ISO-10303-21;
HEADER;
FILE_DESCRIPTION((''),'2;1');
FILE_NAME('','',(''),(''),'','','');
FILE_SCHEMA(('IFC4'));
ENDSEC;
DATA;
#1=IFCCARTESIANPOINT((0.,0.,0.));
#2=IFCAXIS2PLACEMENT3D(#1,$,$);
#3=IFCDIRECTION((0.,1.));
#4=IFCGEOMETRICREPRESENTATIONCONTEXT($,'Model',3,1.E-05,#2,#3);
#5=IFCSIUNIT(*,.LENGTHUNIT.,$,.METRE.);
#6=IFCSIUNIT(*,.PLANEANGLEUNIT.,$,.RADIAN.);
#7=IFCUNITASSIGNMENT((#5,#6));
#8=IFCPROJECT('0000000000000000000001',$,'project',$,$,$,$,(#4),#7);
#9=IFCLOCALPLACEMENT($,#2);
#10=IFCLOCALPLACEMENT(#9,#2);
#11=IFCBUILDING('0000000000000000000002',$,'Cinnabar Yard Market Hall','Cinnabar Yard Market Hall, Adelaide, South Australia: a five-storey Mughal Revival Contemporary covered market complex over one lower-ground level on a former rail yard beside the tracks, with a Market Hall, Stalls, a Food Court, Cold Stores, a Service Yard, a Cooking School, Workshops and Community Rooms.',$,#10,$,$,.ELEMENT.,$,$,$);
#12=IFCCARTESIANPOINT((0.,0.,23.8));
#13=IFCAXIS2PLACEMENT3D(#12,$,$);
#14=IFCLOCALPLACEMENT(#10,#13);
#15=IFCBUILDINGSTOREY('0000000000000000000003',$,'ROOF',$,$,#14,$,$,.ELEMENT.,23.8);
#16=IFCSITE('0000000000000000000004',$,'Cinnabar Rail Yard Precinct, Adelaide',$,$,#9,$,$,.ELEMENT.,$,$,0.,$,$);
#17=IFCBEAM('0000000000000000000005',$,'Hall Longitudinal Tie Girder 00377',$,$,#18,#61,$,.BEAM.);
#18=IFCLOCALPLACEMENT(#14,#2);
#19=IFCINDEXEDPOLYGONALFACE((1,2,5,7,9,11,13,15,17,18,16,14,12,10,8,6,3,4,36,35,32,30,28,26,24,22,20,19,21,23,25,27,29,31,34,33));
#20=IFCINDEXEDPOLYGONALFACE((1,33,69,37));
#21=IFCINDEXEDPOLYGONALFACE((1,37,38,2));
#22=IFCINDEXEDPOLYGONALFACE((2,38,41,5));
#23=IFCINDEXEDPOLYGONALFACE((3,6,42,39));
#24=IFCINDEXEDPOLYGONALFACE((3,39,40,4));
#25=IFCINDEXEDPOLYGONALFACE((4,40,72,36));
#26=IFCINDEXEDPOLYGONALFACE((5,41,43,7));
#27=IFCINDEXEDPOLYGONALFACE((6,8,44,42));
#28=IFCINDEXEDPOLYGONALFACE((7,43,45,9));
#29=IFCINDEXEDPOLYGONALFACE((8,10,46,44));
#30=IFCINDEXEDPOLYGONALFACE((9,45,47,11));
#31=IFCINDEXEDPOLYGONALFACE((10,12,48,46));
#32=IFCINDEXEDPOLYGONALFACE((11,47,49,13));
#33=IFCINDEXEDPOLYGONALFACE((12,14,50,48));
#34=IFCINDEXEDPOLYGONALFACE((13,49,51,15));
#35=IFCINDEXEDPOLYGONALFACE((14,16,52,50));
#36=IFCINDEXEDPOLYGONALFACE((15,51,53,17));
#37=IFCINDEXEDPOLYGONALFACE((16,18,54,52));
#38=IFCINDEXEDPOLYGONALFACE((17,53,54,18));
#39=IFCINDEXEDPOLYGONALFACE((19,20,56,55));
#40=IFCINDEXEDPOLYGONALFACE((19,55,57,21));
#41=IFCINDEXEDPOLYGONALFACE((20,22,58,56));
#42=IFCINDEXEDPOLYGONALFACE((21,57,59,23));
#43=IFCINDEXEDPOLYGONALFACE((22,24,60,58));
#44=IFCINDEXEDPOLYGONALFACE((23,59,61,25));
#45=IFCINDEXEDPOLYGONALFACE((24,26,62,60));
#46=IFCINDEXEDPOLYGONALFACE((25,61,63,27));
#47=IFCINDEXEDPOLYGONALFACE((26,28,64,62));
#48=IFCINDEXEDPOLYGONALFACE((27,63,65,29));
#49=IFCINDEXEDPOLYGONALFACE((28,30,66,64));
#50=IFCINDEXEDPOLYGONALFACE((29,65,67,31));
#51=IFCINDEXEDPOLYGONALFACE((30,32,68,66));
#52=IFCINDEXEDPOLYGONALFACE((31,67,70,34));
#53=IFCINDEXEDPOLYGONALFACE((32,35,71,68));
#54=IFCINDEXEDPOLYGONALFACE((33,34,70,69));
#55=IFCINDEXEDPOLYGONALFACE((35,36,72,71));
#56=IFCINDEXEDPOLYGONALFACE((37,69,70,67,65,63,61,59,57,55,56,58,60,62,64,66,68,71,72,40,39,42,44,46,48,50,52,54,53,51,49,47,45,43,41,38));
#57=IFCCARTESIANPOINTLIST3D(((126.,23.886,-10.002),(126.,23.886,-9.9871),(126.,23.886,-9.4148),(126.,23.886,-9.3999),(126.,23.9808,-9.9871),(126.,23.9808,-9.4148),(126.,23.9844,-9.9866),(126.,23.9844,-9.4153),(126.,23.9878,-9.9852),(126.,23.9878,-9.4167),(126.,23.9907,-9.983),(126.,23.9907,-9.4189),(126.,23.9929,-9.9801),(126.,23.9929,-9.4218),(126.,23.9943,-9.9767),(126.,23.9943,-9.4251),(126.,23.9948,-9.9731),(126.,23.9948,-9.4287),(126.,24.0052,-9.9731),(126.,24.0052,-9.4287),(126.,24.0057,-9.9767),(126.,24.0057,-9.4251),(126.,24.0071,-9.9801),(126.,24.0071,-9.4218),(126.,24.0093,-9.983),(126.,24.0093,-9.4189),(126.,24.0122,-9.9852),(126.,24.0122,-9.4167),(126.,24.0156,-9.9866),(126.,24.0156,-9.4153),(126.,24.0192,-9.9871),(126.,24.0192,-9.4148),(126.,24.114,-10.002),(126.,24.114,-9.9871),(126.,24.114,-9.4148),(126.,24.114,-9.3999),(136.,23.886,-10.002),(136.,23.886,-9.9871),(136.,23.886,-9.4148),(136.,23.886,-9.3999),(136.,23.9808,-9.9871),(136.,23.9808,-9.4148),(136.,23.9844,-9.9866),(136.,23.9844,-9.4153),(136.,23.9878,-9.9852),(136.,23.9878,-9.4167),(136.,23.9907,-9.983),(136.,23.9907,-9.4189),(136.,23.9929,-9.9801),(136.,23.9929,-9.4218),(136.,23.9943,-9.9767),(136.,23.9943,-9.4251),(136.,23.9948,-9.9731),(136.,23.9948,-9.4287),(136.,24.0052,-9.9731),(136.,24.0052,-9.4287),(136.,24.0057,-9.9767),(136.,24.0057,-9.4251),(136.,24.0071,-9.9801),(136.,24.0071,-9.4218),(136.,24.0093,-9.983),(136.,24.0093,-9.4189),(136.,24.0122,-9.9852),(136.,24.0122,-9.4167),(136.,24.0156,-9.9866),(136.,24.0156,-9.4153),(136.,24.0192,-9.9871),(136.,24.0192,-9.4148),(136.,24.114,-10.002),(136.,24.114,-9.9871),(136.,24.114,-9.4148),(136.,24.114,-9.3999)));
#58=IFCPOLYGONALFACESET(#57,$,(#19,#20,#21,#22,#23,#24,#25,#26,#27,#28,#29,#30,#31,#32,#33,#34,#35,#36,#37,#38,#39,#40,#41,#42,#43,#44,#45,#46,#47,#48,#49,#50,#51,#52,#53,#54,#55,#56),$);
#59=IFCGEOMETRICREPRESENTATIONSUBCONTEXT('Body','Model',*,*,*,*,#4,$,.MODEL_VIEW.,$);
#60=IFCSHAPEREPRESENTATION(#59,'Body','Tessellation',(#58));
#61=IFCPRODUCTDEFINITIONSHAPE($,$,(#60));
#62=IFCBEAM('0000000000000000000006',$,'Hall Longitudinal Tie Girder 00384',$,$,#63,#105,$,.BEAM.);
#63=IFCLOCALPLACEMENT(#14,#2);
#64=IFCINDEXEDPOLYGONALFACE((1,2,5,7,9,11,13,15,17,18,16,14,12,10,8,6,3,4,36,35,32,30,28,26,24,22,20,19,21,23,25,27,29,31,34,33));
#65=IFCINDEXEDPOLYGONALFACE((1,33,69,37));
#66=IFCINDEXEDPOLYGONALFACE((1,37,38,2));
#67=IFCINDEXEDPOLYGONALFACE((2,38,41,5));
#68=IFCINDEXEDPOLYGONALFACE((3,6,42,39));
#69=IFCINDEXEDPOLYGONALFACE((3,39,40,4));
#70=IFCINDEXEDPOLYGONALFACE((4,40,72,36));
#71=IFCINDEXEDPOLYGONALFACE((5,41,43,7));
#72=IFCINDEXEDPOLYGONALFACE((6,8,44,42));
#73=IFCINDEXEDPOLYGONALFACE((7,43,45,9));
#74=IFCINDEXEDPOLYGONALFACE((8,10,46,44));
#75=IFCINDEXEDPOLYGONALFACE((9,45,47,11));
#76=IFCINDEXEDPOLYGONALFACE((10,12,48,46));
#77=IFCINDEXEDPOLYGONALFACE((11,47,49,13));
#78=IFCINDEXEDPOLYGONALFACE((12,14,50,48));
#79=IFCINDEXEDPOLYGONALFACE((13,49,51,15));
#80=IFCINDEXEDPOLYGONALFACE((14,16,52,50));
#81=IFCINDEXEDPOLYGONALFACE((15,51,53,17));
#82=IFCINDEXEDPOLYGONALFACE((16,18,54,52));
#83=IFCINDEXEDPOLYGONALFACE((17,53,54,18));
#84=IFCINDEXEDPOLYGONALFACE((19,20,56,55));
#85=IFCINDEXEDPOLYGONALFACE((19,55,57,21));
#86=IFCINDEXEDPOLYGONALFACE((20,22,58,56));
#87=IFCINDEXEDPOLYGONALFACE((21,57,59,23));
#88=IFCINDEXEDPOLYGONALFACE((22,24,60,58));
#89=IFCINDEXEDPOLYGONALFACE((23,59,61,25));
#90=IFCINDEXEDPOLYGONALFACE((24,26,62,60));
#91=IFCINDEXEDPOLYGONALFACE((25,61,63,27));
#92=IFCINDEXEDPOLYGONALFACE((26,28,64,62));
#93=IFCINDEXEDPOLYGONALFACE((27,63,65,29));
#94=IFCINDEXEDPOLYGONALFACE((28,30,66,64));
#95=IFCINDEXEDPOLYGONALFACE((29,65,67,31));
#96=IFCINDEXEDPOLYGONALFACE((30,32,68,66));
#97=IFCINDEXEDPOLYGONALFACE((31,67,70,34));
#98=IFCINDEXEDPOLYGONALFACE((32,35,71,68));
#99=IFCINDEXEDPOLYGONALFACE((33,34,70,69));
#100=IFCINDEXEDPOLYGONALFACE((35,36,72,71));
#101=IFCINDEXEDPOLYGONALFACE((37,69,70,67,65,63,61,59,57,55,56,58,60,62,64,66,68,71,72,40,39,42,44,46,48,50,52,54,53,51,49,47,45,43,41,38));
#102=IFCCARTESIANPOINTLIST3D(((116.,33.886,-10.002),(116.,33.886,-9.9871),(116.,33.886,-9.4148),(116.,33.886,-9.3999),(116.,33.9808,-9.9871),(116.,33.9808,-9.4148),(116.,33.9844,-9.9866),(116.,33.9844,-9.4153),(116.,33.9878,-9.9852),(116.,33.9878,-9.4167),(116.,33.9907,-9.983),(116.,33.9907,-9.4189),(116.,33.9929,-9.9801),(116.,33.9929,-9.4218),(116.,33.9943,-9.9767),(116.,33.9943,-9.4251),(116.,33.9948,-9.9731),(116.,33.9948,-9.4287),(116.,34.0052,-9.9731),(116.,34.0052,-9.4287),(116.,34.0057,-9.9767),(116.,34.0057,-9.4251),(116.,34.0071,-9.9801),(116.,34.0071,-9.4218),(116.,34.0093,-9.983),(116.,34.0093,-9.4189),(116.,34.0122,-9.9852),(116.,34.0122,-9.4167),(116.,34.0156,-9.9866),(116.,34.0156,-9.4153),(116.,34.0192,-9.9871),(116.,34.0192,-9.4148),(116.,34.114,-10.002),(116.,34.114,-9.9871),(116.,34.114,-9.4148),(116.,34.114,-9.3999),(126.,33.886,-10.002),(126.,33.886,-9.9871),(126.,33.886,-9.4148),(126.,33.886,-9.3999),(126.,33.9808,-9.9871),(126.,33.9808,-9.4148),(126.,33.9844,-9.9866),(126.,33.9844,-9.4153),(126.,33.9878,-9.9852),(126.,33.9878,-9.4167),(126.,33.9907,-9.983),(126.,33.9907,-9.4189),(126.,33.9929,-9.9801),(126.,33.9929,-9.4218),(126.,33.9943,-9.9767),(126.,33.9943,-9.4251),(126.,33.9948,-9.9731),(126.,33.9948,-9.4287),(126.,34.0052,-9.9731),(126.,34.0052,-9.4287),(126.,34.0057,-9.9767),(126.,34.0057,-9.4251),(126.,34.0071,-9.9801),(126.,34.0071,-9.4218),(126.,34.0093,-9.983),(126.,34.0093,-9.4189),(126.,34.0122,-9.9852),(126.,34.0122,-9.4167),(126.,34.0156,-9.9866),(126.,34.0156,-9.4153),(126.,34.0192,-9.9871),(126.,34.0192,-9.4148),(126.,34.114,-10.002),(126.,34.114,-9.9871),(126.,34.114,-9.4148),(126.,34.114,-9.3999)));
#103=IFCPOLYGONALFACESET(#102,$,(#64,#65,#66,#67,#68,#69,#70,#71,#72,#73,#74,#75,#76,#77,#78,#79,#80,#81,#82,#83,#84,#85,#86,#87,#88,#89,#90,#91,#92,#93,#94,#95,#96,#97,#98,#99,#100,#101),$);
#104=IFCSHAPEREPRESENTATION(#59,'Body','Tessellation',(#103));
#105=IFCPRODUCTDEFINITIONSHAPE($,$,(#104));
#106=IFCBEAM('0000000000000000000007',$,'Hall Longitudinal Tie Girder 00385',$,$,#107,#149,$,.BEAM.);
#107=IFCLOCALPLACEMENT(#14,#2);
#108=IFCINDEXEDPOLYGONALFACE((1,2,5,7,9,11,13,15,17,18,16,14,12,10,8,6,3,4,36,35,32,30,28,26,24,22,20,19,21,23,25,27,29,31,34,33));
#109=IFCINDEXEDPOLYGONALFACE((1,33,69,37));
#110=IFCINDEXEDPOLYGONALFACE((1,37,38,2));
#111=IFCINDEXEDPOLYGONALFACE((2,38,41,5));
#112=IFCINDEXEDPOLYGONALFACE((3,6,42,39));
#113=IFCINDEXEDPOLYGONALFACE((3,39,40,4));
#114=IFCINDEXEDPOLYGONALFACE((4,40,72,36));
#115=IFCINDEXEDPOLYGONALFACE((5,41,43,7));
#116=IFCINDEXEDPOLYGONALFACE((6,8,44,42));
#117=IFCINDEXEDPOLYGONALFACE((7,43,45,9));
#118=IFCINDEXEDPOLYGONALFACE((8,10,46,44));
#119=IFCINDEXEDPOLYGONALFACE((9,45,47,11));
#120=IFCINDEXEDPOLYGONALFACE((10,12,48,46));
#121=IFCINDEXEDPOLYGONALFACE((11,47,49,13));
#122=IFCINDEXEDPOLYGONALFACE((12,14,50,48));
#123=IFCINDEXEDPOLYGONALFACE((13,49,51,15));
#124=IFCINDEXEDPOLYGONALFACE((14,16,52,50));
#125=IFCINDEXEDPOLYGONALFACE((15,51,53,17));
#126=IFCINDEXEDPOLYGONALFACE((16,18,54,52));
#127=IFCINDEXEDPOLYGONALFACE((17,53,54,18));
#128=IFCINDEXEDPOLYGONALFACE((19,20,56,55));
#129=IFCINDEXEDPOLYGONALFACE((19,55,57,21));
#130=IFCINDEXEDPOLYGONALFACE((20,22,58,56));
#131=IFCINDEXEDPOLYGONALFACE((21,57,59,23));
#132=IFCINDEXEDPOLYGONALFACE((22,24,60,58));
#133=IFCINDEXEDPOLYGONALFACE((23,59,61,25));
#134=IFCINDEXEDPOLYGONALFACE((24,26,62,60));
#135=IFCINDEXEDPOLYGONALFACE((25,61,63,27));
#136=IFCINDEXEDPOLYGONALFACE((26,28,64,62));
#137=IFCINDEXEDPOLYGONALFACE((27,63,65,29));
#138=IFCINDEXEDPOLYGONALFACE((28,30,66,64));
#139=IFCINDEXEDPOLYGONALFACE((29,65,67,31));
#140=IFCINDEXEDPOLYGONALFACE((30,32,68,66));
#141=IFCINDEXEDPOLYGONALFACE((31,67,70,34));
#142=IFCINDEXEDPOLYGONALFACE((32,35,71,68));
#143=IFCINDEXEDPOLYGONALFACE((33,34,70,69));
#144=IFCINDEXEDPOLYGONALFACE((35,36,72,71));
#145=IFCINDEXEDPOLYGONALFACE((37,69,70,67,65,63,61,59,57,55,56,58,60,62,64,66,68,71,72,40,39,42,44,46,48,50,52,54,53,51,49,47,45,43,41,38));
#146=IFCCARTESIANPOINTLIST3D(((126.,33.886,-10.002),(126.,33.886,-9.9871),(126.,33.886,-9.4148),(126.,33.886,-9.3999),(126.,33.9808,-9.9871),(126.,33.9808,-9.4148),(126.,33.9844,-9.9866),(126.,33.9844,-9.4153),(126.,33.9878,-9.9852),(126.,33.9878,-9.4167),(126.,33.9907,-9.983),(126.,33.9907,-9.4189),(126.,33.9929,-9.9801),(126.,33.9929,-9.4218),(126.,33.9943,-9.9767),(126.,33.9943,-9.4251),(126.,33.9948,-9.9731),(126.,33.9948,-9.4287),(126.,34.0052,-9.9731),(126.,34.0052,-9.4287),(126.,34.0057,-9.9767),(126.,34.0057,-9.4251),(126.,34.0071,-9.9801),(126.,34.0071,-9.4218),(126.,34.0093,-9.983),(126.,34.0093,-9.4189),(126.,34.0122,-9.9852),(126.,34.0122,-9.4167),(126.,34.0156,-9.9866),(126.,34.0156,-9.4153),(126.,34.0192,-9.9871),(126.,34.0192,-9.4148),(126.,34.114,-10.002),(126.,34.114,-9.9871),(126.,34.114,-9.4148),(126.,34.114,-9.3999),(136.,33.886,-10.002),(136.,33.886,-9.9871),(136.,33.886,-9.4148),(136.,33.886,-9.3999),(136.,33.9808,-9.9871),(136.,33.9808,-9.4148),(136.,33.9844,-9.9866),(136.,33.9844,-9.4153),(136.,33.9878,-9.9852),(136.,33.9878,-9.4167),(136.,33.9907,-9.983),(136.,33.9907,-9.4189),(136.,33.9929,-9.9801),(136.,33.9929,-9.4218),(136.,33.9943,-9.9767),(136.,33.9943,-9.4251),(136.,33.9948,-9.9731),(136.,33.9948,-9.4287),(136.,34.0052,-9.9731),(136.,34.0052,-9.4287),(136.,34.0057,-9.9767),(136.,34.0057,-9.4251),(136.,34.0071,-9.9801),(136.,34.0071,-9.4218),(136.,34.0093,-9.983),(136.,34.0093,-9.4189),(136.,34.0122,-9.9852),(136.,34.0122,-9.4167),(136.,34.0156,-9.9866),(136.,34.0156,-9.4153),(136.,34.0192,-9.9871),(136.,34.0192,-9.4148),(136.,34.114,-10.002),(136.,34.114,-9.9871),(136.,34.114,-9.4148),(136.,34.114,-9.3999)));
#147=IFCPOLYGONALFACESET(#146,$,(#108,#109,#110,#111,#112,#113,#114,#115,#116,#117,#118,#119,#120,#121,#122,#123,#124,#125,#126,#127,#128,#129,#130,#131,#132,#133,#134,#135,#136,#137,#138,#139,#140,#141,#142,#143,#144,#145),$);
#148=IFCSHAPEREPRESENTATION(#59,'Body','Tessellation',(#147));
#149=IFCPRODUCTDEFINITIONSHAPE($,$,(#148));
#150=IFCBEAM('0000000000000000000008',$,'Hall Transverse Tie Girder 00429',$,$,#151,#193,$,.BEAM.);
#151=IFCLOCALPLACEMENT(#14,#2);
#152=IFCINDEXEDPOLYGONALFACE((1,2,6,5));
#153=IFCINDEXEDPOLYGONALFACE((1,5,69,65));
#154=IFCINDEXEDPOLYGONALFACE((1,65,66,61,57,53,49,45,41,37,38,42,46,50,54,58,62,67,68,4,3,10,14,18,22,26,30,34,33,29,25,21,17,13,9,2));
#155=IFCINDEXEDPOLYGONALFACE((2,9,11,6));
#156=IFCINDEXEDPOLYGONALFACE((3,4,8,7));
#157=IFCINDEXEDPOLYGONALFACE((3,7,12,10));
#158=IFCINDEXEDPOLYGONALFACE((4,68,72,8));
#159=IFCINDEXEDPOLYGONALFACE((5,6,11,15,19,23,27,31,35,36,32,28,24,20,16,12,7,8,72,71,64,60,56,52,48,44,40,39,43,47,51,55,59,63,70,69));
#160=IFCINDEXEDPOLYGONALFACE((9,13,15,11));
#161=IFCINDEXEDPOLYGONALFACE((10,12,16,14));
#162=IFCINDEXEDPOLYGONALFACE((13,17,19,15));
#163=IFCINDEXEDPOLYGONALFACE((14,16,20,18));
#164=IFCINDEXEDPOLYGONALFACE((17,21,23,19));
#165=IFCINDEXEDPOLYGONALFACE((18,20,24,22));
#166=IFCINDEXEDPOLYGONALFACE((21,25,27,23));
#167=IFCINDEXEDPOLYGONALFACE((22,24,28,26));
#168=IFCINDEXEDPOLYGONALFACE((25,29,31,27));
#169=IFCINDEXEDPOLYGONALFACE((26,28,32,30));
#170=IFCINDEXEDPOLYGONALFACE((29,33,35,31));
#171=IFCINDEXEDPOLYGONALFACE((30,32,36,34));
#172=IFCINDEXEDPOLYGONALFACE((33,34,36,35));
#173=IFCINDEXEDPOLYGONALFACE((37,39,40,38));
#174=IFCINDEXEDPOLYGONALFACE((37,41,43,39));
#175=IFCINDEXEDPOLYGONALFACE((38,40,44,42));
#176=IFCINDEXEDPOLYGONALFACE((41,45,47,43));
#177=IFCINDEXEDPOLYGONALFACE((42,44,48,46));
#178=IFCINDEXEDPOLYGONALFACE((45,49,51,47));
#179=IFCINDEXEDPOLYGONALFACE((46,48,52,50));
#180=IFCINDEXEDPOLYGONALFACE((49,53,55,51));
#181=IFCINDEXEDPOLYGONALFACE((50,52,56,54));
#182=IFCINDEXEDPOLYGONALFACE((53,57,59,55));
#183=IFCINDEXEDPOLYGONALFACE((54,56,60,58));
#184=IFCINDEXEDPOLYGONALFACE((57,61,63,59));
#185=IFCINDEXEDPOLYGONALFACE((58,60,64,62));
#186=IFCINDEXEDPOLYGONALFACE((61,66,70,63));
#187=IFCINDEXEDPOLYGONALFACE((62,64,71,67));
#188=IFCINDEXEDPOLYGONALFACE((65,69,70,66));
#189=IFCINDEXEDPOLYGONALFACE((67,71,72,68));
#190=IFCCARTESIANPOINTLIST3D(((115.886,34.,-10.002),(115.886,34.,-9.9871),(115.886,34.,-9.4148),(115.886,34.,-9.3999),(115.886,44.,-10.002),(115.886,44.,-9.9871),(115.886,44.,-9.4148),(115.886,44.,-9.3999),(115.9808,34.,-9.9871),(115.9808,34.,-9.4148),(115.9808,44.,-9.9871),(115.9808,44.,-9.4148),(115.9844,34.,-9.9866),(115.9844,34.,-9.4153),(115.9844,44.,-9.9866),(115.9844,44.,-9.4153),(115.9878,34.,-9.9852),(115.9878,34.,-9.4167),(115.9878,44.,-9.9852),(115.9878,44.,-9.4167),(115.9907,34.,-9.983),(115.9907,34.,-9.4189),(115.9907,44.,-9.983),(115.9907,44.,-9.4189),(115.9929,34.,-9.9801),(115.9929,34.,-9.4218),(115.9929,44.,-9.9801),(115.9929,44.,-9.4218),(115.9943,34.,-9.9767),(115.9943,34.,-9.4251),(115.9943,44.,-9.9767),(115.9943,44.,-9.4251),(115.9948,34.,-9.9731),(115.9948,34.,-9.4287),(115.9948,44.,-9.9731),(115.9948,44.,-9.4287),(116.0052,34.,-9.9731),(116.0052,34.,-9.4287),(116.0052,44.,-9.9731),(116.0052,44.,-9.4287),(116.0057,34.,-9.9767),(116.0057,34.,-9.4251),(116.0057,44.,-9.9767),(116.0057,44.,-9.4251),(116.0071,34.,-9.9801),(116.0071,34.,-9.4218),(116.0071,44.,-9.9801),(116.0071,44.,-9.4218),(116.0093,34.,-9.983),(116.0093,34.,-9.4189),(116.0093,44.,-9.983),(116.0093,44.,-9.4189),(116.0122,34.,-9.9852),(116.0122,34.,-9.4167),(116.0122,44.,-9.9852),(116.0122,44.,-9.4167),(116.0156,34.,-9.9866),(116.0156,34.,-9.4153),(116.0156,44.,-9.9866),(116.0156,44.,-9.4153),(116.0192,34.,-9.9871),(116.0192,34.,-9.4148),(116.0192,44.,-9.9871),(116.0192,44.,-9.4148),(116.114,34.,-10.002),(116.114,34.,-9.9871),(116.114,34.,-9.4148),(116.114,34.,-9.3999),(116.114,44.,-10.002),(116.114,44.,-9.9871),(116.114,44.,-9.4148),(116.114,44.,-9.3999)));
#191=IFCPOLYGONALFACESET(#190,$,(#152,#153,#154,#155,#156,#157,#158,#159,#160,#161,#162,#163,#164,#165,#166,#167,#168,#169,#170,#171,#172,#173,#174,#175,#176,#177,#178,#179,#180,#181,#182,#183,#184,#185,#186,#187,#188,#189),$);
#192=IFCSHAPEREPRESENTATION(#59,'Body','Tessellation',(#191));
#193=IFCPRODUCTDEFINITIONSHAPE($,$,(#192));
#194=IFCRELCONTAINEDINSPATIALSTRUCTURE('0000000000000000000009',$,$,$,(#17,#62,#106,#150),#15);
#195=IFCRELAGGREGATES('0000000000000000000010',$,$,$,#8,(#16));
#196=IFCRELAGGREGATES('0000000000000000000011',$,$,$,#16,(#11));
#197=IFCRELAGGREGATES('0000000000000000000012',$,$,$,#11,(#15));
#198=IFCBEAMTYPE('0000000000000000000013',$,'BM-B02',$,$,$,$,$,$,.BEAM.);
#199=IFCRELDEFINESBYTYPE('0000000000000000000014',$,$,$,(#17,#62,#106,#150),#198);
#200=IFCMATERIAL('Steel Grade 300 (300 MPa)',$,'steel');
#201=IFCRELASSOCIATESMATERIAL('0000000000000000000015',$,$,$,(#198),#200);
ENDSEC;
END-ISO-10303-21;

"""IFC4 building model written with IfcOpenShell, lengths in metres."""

from ifc_helpers import new_model, si_unit, direction, frame, origin, origin_2d_with_axis, place, context, subcontext, project, spatial, i_section, extrude, material, material_profile, profile_set, type_object, element, save


model = new_model("IFC4")

# Units and contexts
model_context = context("Model", 3, precision=1e-05, world=origin(), true_north=direction((0.0, 1.0)))
body_context = subcontext(model_context, "Body", "Model", "MODEL_VIEW")
ifc_project = project(units=[si_unit("LENGTHUNIT", "METRE"), si_unit("PLANEANGLEUNIT", "RADIAN")], contexts=[model_context])

# Site, building, storey
site_placement = place(None, origin())
site = spatial("IfcSite", under=ifc_project, at=site_placement, Name="Cinnabar Rail Yard Precinct, Adelaide", CompositionType="ELEMENT", RefElevation=0.0)
building_placement = place(site_placement, origin())
building = spatial("IfcBuilding", under=site, at=building_placement, Name="Cinnabar Yard Market Hall", Description="Cinnabar Yard Market Hall, Adelaide, South Australia: a five-storey Mughal Revival Contemporary covered market complex over one lower-ground level on a former rail yard beside the tracks, with a Market Hall, Stalls, a Food Court, Cold Stores, a Service Yard, a Cooking School, Workshops and Community Rooms.", CompositionType="ELEMENT")
storey_placement = place(building_placement, frame((0.0, 0.0, 23.8)))
storey = spatial("IfcBuildingStorey", under=building, at=storey_placement, Name="ROOF", CompositionType="ELEMENT", Elevation=23.8)

# Beams
ifc_material_1 = material(Name="Steel Grade 300 (300 MPa)", Category="steel")
ifc_material_profile_1 = material_profile(ifc_material_1, i_section(OverallWidth=0.228, OverallDepth=0.6021, WebThickness=0.0105, FlangeThickness=0.0149, FilletRadius=0.0139, at=origin_2d_with_axis()), Name="610UB101")
ifc_profile_set_1 = profile_set([ifc_material_profile_1], Name="Steel Grade 300 (300 MPa)")
beam_type_1 = type_object("IfcBeamType", Name="BM-B02", PredefinedType="BEAM", material=ifc_profile_set_1)
for number, where, z_axis, x_axis, name in (
    (1, (126.0, 24.0, -9.7009), (1.0, 0.0, 0.0), (0.0, 1.0, 0.0), "Hall Longitudinal Tie Girder 00377"),
    (2, (116.0, 34.0, -9.7009), (1.0, 0.0, 0.0), (0.0, 1.0, 0.0), "Hall Longitudinal Tie Girder 00384"),
    (3, (126.0, 34.0, -9.7009), (1.0, 0.0, 0.0), (0.0, 1.0, 0.0), "Hall Longitudinal Tie Girder 00385"),
    (4, (116.0, 34.0, -9.7009), (0.0, 1.0, 0.0), (-1.0, 0.0, 0.0), "Hall Transverse Tie Girder 00429"),
):
    element("IfcBeam", number, at=place(storey_placement, frame(where, z_axis=z_axis, x_axis=x_axis)), inside=storey, type_object=beam_type_1, Name=name, PredefinedType="BEAM", context=body_context, shape_type="SweptSolid", body=[
        extrude(i_section(OverallWidth=0.228, OverallDepth=0.6021, WebThickness=0.0105, FlangeThickness=0.0149, FilletRadius=0.0139, at=origin_2d_with_axis()), origin(), (0.0, 0.0, 1.0), 10.0),
    ])

save(model, "model.ifc")
